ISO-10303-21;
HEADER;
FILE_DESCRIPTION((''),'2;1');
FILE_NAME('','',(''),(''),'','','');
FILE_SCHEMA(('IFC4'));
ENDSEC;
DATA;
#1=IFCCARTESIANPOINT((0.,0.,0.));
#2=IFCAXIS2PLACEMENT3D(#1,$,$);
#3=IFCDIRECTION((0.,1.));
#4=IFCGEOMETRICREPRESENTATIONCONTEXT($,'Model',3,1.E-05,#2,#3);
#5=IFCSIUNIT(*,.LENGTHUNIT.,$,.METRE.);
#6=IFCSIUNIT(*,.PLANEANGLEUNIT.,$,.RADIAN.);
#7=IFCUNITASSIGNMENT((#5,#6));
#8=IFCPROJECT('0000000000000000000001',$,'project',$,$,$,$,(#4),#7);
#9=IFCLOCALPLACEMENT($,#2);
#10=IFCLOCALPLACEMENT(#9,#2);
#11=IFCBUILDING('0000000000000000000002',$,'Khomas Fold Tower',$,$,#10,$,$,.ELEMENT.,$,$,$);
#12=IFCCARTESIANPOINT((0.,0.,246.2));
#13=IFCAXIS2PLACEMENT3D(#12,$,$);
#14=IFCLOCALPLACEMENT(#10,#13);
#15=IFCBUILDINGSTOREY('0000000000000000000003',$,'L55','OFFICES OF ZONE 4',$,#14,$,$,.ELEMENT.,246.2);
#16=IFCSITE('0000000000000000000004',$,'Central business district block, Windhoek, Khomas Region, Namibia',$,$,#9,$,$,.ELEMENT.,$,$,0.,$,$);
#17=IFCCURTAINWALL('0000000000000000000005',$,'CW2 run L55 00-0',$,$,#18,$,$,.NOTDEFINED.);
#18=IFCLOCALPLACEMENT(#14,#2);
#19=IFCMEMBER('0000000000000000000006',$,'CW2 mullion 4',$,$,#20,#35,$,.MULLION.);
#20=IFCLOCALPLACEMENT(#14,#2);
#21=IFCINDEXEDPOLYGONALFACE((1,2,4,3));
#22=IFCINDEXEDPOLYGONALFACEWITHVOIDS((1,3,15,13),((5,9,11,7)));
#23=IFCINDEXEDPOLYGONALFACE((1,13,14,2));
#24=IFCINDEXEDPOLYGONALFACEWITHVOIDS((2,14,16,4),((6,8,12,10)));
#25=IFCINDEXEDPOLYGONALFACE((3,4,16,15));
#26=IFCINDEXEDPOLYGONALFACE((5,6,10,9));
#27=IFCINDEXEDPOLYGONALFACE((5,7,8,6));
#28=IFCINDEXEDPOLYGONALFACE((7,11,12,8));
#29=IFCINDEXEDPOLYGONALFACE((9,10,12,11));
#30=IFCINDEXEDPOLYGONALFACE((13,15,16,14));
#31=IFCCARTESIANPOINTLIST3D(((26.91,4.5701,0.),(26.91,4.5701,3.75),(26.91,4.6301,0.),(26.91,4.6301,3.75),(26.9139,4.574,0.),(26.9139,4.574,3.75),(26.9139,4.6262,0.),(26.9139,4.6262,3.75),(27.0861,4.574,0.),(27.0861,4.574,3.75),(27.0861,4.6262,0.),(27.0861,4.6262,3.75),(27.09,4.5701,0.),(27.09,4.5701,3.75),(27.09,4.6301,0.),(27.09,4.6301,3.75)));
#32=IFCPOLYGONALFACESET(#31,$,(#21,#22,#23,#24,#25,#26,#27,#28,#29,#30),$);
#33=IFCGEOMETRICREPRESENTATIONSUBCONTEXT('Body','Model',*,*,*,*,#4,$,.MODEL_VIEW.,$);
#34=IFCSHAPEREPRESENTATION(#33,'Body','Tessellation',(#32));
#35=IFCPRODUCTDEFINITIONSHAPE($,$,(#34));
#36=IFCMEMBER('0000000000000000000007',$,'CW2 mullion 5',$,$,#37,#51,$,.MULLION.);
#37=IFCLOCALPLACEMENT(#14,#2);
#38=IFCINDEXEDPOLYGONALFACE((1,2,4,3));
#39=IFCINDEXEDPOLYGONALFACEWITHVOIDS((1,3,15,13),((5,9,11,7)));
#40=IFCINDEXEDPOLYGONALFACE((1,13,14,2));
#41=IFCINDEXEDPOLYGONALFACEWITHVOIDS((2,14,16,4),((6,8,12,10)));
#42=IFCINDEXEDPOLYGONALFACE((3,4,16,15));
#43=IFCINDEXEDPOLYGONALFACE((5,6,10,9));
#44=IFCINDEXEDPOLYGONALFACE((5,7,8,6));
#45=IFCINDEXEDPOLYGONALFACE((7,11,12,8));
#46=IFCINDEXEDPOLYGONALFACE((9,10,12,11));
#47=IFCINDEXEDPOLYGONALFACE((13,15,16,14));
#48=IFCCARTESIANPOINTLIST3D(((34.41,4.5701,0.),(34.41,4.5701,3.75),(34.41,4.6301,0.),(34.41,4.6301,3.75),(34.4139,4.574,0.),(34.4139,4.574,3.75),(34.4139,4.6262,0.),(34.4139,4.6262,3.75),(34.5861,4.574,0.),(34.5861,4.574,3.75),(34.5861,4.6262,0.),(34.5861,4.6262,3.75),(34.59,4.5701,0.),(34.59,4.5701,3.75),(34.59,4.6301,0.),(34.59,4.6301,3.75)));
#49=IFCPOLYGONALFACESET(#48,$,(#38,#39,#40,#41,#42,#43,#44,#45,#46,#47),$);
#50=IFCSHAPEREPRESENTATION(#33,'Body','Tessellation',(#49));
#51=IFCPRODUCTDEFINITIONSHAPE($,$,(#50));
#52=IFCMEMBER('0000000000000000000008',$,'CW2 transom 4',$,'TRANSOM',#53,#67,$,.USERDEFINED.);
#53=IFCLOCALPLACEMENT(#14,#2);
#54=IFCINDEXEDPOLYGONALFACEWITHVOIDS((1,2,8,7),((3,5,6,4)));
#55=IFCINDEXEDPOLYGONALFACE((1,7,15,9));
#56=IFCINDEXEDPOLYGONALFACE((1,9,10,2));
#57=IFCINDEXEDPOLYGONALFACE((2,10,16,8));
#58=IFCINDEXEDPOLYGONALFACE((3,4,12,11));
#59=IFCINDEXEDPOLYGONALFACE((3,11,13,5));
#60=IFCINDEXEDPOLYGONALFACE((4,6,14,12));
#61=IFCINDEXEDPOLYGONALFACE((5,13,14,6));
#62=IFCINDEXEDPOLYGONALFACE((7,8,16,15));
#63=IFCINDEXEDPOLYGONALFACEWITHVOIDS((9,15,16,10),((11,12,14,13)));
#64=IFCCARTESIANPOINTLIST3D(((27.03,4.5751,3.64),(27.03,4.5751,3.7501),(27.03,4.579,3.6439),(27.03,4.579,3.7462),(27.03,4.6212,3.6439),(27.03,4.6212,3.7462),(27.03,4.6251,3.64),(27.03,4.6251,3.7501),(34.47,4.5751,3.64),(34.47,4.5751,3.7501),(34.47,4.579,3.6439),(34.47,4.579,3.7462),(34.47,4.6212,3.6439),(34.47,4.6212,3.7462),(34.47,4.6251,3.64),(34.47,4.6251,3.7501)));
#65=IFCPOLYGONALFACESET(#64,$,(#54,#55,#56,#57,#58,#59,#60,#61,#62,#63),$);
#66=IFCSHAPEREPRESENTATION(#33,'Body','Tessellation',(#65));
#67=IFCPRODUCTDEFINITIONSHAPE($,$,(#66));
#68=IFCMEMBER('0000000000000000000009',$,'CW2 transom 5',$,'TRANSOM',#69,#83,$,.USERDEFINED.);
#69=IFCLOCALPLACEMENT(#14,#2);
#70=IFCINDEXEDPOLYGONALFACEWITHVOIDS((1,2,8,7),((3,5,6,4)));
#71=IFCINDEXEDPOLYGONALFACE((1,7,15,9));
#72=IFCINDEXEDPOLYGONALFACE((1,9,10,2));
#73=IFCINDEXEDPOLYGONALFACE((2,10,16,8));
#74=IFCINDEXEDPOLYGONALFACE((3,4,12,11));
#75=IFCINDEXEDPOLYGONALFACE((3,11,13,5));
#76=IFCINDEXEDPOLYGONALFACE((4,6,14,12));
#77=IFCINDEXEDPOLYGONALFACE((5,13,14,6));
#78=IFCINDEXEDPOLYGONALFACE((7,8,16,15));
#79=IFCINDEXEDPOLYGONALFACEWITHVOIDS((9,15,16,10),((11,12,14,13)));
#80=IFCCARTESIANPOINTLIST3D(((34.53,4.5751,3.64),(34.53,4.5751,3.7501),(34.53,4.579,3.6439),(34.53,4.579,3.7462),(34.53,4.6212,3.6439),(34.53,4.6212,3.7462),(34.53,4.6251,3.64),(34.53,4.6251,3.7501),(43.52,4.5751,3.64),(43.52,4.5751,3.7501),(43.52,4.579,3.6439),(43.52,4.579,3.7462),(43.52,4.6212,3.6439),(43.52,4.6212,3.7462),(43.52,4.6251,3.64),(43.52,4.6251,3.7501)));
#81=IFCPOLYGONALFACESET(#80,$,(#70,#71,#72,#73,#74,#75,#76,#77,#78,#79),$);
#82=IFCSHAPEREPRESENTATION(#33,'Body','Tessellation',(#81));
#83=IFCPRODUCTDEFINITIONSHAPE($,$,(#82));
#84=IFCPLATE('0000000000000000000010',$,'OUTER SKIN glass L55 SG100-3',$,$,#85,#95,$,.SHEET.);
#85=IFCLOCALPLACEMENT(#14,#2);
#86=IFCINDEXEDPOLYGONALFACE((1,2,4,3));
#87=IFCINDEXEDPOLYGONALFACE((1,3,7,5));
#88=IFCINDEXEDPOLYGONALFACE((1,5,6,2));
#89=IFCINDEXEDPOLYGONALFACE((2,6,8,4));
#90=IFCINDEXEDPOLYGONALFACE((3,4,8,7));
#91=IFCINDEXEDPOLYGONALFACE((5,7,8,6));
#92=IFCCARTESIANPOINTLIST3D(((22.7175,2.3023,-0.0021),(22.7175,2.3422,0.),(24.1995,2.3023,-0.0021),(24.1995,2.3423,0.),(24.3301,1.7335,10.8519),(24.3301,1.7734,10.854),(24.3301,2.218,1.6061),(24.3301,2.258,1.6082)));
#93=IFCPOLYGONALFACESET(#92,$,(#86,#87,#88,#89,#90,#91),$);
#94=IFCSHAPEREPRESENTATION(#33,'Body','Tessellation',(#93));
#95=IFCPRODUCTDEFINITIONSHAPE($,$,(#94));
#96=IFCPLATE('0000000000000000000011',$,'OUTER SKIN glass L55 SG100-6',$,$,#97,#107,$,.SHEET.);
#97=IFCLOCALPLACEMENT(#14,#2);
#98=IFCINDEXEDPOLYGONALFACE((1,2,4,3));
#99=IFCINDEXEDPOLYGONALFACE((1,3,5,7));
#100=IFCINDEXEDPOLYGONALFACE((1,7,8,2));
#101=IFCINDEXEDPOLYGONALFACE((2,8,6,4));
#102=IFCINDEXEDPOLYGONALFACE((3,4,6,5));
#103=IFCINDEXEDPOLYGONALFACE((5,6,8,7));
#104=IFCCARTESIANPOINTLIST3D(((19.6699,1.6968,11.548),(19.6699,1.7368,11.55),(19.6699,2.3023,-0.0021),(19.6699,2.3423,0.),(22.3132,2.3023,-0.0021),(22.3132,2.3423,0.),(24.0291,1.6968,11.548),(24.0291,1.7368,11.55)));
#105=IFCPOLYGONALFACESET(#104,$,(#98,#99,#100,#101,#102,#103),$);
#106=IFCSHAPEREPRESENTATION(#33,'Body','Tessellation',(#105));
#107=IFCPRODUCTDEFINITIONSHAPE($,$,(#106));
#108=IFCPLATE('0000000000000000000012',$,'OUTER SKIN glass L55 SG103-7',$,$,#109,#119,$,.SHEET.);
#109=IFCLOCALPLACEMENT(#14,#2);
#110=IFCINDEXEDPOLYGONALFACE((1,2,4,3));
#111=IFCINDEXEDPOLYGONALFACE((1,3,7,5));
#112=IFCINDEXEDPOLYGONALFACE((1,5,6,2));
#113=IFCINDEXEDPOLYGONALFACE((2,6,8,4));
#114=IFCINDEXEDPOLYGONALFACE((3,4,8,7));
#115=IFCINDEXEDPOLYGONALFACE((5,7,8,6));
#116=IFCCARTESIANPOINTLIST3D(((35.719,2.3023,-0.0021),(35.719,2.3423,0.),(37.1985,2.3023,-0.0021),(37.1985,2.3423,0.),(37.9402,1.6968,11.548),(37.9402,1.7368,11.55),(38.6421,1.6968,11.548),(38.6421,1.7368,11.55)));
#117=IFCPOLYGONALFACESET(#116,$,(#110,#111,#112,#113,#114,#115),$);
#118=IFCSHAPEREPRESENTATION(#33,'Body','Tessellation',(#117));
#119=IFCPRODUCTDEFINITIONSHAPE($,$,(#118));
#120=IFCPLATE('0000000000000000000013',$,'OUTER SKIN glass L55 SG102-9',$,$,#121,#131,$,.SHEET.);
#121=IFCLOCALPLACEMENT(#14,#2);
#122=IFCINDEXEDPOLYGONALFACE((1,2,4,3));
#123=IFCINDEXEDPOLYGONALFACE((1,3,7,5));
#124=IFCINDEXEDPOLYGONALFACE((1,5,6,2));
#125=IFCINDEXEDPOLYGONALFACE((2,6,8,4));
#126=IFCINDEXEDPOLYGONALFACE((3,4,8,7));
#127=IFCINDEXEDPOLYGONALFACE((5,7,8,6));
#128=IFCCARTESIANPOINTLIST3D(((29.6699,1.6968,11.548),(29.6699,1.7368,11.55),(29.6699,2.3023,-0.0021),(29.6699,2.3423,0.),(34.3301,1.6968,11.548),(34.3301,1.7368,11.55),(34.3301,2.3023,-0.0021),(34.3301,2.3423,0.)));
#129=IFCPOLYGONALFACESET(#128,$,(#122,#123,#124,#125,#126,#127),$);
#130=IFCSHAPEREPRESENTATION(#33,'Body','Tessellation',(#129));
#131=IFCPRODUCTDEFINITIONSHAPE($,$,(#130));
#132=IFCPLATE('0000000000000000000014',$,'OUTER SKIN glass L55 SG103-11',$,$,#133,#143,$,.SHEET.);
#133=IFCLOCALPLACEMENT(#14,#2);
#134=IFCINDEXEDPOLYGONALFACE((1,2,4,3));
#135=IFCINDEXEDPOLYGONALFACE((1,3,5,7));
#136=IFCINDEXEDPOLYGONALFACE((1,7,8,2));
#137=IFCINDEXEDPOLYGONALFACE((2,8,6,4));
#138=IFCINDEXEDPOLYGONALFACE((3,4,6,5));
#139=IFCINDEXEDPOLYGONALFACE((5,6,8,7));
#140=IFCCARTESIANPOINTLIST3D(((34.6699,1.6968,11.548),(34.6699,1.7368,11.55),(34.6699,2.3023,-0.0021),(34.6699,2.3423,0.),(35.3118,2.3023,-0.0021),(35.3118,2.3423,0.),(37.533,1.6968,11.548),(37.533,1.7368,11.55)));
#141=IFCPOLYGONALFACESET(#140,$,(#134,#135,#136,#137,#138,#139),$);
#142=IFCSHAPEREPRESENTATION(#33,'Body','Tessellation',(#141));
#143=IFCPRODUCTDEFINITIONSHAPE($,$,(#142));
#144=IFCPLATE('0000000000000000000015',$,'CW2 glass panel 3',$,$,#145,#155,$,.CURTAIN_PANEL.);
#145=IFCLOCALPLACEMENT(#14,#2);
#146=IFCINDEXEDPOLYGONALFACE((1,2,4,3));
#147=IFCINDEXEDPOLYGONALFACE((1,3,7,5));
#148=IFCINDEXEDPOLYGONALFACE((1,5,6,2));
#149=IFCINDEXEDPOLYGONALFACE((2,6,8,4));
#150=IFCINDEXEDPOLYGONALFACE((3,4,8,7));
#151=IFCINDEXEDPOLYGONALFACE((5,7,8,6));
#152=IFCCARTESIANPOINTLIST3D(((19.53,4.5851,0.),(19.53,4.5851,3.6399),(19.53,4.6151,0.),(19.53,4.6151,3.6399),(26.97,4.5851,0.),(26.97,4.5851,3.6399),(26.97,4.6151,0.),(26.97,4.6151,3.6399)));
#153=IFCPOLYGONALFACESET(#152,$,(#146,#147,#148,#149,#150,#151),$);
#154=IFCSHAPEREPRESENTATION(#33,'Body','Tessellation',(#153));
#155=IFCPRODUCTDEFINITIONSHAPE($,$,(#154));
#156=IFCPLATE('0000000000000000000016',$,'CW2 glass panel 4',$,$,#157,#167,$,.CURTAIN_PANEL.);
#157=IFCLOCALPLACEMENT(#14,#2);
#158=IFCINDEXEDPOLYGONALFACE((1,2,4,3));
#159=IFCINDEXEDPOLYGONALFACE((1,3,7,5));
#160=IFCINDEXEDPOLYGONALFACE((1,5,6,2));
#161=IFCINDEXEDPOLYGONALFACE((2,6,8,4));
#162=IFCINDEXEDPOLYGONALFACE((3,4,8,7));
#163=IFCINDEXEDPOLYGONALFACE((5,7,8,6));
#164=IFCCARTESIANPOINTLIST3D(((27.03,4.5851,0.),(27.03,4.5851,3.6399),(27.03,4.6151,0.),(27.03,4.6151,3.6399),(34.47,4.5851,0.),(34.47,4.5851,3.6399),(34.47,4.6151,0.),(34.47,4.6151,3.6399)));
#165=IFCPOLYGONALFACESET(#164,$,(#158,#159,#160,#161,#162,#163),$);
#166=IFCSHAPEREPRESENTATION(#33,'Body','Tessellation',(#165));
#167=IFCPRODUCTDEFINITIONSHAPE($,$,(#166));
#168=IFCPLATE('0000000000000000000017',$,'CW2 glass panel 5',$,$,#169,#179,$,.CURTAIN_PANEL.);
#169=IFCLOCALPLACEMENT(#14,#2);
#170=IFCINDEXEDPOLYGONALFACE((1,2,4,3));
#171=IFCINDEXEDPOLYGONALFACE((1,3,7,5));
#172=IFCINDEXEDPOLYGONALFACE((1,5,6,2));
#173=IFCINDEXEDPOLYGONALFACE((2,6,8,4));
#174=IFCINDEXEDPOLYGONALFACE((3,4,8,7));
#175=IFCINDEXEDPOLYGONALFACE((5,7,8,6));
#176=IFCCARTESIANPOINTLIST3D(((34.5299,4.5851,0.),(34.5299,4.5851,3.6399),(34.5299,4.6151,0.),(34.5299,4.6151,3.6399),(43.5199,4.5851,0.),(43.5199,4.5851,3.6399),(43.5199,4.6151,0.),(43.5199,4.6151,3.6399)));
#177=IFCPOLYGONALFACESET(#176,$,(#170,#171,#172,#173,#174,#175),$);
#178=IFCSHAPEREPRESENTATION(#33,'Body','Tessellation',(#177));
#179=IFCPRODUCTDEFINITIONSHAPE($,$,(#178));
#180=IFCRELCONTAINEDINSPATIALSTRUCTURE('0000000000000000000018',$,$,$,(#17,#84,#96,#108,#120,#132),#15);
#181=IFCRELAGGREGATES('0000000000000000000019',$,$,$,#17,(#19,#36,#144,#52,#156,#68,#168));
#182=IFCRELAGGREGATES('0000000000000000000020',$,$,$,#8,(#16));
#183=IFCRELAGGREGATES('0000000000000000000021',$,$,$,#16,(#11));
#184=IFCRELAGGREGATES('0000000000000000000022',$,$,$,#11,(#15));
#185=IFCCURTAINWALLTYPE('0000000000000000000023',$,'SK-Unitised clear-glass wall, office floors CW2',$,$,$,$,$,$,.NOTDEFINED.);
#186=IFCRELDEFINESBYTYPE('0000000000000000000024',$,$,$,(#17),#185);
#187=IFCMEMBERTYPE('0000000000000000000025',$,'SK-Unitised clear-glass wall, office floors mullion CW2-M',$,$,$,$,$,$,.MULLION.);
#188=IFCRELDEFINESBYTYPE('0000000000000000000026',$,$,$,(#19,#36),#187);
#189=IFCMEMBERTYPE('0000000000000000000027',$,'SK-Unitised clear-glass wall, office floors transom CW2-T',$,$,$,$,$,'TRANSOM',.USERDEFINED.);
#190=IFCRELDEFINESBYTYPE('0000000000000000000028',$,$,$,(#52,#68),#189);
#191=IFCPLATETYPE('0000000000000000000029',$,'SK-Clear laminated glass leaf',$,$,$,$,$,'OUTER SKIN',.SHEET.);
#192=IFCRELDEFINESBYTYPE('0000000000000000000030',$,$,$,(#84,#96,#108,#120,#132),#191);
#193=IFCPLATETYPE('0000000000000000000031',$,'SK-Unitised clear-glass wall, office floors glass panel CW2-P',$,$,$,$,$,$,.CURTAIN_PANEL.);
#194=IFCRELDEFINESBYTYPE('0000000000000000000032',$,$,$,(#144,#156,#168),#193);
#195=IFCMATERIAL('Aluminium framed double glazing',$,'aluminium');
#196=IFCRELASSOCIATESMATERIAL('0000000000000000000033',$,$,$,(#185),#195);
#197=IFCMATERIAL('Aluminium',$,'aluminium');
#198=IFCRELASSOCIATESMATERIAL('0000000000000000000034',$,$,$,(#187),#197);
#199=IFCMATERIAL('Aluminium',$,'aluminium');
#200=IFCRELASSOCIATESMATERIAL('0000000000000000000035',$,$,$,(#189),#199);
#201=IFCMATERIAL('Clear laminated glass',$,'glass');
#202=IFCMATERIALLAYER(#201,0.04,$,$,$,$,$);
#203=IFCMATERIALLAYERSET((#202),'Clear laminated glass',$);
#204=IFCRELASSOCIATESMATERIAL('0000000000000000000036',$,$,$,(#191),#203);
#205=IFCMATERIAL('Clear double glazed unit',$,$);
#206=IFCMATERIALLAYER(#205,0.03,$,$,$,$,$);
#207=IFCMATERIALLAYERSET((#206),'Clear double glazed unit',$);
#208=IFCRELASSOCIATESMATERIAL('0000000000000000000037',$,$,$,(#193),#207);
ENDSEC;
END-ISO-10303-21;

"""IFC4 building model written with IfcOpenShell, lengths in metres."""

from ifc_helpers import new_model, si_unit, direction, frame, origin, origin_2d, place, context, subcontext, project, spatial, polyline, rectangle, hollow_rectangle, outline, extrude, source, transform, mapped, material, layer, layer_set, material_profile, profile_set, type_object, element, aggregate, save


model = new_model("IFC4")

# Units and contexts
model_context = context("Model", 3, precision=1e-05, world=origin(), true_north=direction((0.0, 1.0)))
body_context = subcontext(model_context, "Body", "Model", "MODEL_VIEW")
ifc_project = project(units=[si_unit("LENGTHUNIT", "METRE"), si_unit("PLANEANGLEUNIT", "RADIAN")], contexts=[model_context])

# Site, building, storey
site_placement = place(None, origin())
site = spatial("IfcSite", under=ifc_project, at=site_placement, Name="Central business district block, Windhoek, Khomas Region, Namibia", CompositionType="ELEMENT", RefElevation=0.0)
building_placement = place(site_placement, origin())
building = spatial("IfcBuilding", under=site, at=building_placement, Name="Khomas Fold Tower", CompositionType="ELEMENT")
storey_placement = place(building_placement, frame((0.0, 0.0, 246.2)))
storey = spatial("IfcBuildingStorey", under=building, at=storey_placement, Name="L55", Description="OFFICES OF ZONE 4", CompositionType="ELEMENT", Elevation=246.2)

# Curtain wall, members
ifc_material_1 = material(Name="Aluminium framed double glazing", Category="aluminium")
curtain_wall_type = type_object("IfcCurtainWallType", Name="SK-Unitised clear-glass wall, office floors CW2", PredefinedType="NOTDEFINED", material=ifc_material_1)
curtain_wall_placement = place(storey_placement, origin())
curtain_wall = element("IfcCurtainWall", 1, at=curtain_wall_placement, inside=storey, type_object=curtain_wall_type, Name="CW2 run L55 00-0", PredefinedType="NOTDEFINED")
ifc_material_2 = material(Name="Aluminium", Category="aluminium")
ifc_material_profile_1 = material_profile(ifc_material_2, hollow_rectangle(XDim=0.0601, YDim=0.1799, WallThickness=0.0039, at=origin_2d()), Name="SK-Unitised clear-glass wall, office floors mullion CW2-M")
ifc_profile_set_1 = profile_set([ifc_material_profile_1], Name="Aluminium")
member_type_1 = type_object("IfcMemberType", Name="SK-Unitised clear-glass wall, office floors mullion CW2-M", PredefinedType="MULLION", material=ifc_profile_set_1)
shared_shape_1 = source(origin(), body_context, "Body", "SweptSolid", [
    extrude(hollow_rectangle(XDim=0.0601, YDim=0.1799, WallThickness=0.0039, at=origin_2d()), origin(), (0.0, 0.0, 1.0), 3.75),
])
member_1_placement = place(storey_placement, frame((27.0, 4.6001, 0.0), z_axis=(0.0, 0.0, 1.0), x_axis=(0.0, 1.0, 0.0)))
member_1 = element("IfcMember", 2, at=member_1_placement, type_object=member_type_1, Name="CW2 mullion 4", PredefinedType="MULLION", context=body_context, shape_type="MappedRepresentation", body=[
    mapped(shared_shape_1, transform((0.0, 0.0, 0.0))),
])
member_2_placement = place(storey_placement, frame((34.5, 4.6001, 0.0), z_axis=(0.0, 0.0, 1.0), x_axis=(0.0, 1.0, 0.0)))
member_2 = element("IfcMember", 3, at=member_2_placement, type_object=member_type_1, Name="CW2 mullion 5", PredefinedType="MULLION", context=body_context, shape_type="MappedRepresentation", body=[
    mapped(shared_shape_1, transform((0.0, 0.0, 0.0))),
])
ifc_material_3 = material(Name="Aluminium", Category="aluminium")
ifc_material_profile_2 = material_profile(ifc_material_3, hollow_rectangle(XDim=0.05, YDim=0.1101, WallThickness=0.0039, at=origin_2d()), Name="SK-Unitised clear-glass wall, office floors transom CW2-T")
ifc_profile_set_2 = profile_set([ifc_material_profile_2], Name="Aluminium")
member_type_2 = type_object("IfcMemberType", Name="SK-Unitised clear-glass wall, office floors transom CW2-T", ElementType="TRANSOM", PredefinedType="USERDEFINED", material=ifc_profile_set_2)
shared_shape_2 = source(origin(), body_context, "Body", "SweptSolid", [
    extrude(hollow_rectangle(XDim=0.05, YDim=0.1101, WallThickness=0.0039, at=origin_2d()), origin(), (0.0, 0.0, 1.0), 7.4399),
])
member_3_placement = place(storey_placement, frame((27.03, 4.6001, 3.6951), z_axis=(1.0, 0.0, 0.0), x_axis=(0.0, 1.0, 0.0)))
member_3 = element("IfcMember", 4, at=member_3_placement, type_object=member_type_2, Name="CW2 transom 4", ObjectType="TRANSOM", PredefinedType="USERDEFINED", context=body_context, shape_type="MappedRepresentation", body=[
    mapped(shared_shape_2, transform((0.0, 0.0, 0.0))),
])
shared_shape_3 = source(origin(), body_context, "Body", "SweptSolid", [
    extrude(hollow_rectangle(XDim=0.05, YDim=0.1101, WallThickness=0.0039, at=origin_2d()), origin(), (0.0, 0.0, 1.0), 8.99),
])
member_4_placement = place(storey_placement, frame((34.53, 4.6001, 3.6951), z_axis=(1.0, 0.0, 0.0), x_axis=(0.0, 1.0, 0.0)))
member_4 = element("IfcMember", 5, at=member_4_placement, type_object=member_type_2, Name="CW2 transom 5", ObjectType="TRANSOM", PredefinedType="USERDEFINED", context=body_context, shape_type="MappedRepresentation", body=[
    mapped(shared_shape_3, transform((0.0, 0.0, 0.0))),
])

# Plates
ifc_material_4 = material(Name="Clear laminated glass", Category="glass")
ifc_layer_1 = layer(ifc_material_4, 0.04)
ifc_layer_set_1 = layer_set([ifc_layer_1], Name="Clear laminated glass")
plate_type_1 = type_object("IfcPlateType", Name="SK-Clear laminated glass leaf", ElementType="OUTER SKIN", PredefinedType="SHEET", material=ifc_layer_set_1)
plate_1_placement = place(storey_placement, frame((24.1995, 2.3423, 0.0), z_axis=(-0.000033, 0.998629, 0.052338), x_axis=(-1.0, -0.000033, -0.000002)))
element("IfcPlate", 6, at=plate_1_placement, inside=storey, type_object=plate_type_1, Name="OUTER SKIN glass L55 SG100-3", PredefinedType="SHEET", context=body_context, shape_type="SweptSolid", body=[
    extrude(outline(polyline([(0.0, 0.0), (1.4819, 0.0), (-0.1306, 10.8689), (-0.1306, 1.6104), (0.0, 0.0)])), origin(), (0.0, 0.0, -1.0), 0.04),
])
plate_2_placement = place(storey_placement, frame((22.3132, 2.3423, 0.0), z_axis=(0.0, 0.998629, 0.052349), x_axis=(-1.0, 0.0, 0.0)))
element("IfcPlate", 7, at=plate_2_placement, inside=storey, type_object=plate_type_1, Name="OUTER SKIN glass L55 SG100-6", PredefinedType="SHEET", context=body_context, shape_type="SweptSolid", body=[
    extrude(outline(polyline([(0.0, 0.0), (2.6433, 0.0), (2.6433, 11.5659), (-1.7158, 11.5659), (0.0, 0.0)])), origin(), (0.0, 0.0, -1.0), 0.04),
])
plate_3_placement = place(storey_placement, frame((37.1985, 2.3423, 0.0), z_axis=(0.0, 0.998629, 0.052349), x_axis=(-1.0, 0.0, 0.0)))
element("IfcPlate", 8, at=plate_3_placement, inside=storey, type_object=plate_type_1, Name="OUTER SKIN glass L55 SG103-7", PredefinedType="SHEET", context=body_context, shape_type="SweptSolid", body=[
    extrude(outline(polyline([(0.0, 0.0), (1.4795, 0.0), (-0.7417, 11.5659), (-1.4436, 11.5659), (0.0, 0.0)])), origin(), (0.0, 0.0, -1.0), 0.04),
])
plate_4_placement = place(storey_placement, frame((29.6699, 2.3423, 0.0), z_axis=(0.0, 0.998629, 0.052349), x_axis=(0.0, -0.052349, 0.998629)))
element("IfcPlate", 9, at=plate_4_placement, inside=storey, type_object=plate_type_1, Name="OUTER SKIN glass L55 SG102-9", PredefinedType="SHEET", context=body_context, shape_type="SweptSolid", body=[
    extrude(outline(polyline([(0.0, 0.0), (11.5659, 0.0), (11.5659, 4.6602), (0.0, 4.6602), (0.0, 0.0)])), origin(), (0.0, 0.0, -1.0), 0.04),
])
plate_5_placement = place(storey_placement, frame((35.3118, 2.3423, 0.0), z_axis=(0.0, 0.998629, 0.052349), x_axis=(-1.0, 0.0, 0.0)))
element("IfcPlate", 10, at=plate_5_placement, inside=storey, type_object=plate_type_1, Name="OUTER SKIN glass L55 SG103-11", PredefinedType="SHEET", context=body_context, shape_type="SweptSolid", body=[
    extrude(outline(polyline([(0.0, 0.0), (0.6418, 0.0), (0.6418, 11.5659), (-2.2212, 11.5659), (0.0, 0.0)])), origin(), (0.0, 0.0, -1.0), 0.04),
])

# Plates
ifc_material_5 = material(Name="Clear double glazed unit")
ifc_layer_2 = layer(ifc_material_5, 0.03)
ifc_layer_set_2 = layer_set([ifc_layer_2], Name="Clear double glazed unit")
plate_type_2 = type_object("IfcPlateType", Name="SK-Unitised clear-glass wall, office floors glass panel CW2-P", PredefinedType="CURTAIN_PANEL", material=ifc_layer_set_2)
shared_shape_4 = source(origin(), body_context, "Body", "SweptSolid", [
    extrude(rectangle(XDim=7.4399, YDim=0.03, at=origin_2d()), origin(), (0.0, 0.0, 1.0), 3.6399),
])
plate_6_placement = place(storey_placement, frame((23.25, 4.6001, 0.0), z_axis=(0.0, 0.0, 1.0), x_axis=(1.0, 0.0, 0.0)))
plate_6 = element("IfcPlate", 11, at=plate_6_placement, type_object=plate_type_2, Name="CW2 glass panel 3", PredefinedType="CURTAIN_PANEL", context=body_context, shape_type="MappedRepresentation", body=[
    mapped(shared_shape_4, transform((0.0, 0.0, 0.0))),
])
plate_7_placement = place(storey_placement, frame((30.75, 4.6001, 0.0), z_axis=(0.0, 0.0, 1.0), x_axis=(1.0, 0.0, 0.0)))
plate_7 = element("IfcPlate", 12, at=plate_7_placement, type_object=plate_type_2, Name="CW2 glass panel 4", PredefinedType="CURTAIN_PANEL", context=body_context, shape_type="MappedRepresentation", body=[
    mapped(shared_shape_4, transform((0.0, 0.0, 0.0))),
])
shared_shape_5 = source(origin(), body_context, "Body", "SweptSolid", [
    extrude(rectangle(XDim=8.99, YDim=0.03, at=origin_2d()), origin(), (0.0, 0.0, 1.0), 3.6399),
])
plate_8_placement = place(storey_placement, frame((39.0249, 4.6001, 0.0), z_axis=(0.0, 0.0, 1.0), x_axis=(1.0, 0.0, 0.0)))
plate_8 = element("IfcPlate", 13, at=plate_8_placement, type_object=plate_type_2, Name="CW2 glass panel 5", PredefinedType="CURTAIN_PANEL", context=body_context, shape_type="MappedRepresentation", body=[
    mapped(shared_shape_5, transform((0.0, 0.0, 0.0))),
])
aggregate(curtain_wall, [member_1, member_2, plate_6, member_3, plate_7, member_4, plate_8])

save(model, "model.ifc")
